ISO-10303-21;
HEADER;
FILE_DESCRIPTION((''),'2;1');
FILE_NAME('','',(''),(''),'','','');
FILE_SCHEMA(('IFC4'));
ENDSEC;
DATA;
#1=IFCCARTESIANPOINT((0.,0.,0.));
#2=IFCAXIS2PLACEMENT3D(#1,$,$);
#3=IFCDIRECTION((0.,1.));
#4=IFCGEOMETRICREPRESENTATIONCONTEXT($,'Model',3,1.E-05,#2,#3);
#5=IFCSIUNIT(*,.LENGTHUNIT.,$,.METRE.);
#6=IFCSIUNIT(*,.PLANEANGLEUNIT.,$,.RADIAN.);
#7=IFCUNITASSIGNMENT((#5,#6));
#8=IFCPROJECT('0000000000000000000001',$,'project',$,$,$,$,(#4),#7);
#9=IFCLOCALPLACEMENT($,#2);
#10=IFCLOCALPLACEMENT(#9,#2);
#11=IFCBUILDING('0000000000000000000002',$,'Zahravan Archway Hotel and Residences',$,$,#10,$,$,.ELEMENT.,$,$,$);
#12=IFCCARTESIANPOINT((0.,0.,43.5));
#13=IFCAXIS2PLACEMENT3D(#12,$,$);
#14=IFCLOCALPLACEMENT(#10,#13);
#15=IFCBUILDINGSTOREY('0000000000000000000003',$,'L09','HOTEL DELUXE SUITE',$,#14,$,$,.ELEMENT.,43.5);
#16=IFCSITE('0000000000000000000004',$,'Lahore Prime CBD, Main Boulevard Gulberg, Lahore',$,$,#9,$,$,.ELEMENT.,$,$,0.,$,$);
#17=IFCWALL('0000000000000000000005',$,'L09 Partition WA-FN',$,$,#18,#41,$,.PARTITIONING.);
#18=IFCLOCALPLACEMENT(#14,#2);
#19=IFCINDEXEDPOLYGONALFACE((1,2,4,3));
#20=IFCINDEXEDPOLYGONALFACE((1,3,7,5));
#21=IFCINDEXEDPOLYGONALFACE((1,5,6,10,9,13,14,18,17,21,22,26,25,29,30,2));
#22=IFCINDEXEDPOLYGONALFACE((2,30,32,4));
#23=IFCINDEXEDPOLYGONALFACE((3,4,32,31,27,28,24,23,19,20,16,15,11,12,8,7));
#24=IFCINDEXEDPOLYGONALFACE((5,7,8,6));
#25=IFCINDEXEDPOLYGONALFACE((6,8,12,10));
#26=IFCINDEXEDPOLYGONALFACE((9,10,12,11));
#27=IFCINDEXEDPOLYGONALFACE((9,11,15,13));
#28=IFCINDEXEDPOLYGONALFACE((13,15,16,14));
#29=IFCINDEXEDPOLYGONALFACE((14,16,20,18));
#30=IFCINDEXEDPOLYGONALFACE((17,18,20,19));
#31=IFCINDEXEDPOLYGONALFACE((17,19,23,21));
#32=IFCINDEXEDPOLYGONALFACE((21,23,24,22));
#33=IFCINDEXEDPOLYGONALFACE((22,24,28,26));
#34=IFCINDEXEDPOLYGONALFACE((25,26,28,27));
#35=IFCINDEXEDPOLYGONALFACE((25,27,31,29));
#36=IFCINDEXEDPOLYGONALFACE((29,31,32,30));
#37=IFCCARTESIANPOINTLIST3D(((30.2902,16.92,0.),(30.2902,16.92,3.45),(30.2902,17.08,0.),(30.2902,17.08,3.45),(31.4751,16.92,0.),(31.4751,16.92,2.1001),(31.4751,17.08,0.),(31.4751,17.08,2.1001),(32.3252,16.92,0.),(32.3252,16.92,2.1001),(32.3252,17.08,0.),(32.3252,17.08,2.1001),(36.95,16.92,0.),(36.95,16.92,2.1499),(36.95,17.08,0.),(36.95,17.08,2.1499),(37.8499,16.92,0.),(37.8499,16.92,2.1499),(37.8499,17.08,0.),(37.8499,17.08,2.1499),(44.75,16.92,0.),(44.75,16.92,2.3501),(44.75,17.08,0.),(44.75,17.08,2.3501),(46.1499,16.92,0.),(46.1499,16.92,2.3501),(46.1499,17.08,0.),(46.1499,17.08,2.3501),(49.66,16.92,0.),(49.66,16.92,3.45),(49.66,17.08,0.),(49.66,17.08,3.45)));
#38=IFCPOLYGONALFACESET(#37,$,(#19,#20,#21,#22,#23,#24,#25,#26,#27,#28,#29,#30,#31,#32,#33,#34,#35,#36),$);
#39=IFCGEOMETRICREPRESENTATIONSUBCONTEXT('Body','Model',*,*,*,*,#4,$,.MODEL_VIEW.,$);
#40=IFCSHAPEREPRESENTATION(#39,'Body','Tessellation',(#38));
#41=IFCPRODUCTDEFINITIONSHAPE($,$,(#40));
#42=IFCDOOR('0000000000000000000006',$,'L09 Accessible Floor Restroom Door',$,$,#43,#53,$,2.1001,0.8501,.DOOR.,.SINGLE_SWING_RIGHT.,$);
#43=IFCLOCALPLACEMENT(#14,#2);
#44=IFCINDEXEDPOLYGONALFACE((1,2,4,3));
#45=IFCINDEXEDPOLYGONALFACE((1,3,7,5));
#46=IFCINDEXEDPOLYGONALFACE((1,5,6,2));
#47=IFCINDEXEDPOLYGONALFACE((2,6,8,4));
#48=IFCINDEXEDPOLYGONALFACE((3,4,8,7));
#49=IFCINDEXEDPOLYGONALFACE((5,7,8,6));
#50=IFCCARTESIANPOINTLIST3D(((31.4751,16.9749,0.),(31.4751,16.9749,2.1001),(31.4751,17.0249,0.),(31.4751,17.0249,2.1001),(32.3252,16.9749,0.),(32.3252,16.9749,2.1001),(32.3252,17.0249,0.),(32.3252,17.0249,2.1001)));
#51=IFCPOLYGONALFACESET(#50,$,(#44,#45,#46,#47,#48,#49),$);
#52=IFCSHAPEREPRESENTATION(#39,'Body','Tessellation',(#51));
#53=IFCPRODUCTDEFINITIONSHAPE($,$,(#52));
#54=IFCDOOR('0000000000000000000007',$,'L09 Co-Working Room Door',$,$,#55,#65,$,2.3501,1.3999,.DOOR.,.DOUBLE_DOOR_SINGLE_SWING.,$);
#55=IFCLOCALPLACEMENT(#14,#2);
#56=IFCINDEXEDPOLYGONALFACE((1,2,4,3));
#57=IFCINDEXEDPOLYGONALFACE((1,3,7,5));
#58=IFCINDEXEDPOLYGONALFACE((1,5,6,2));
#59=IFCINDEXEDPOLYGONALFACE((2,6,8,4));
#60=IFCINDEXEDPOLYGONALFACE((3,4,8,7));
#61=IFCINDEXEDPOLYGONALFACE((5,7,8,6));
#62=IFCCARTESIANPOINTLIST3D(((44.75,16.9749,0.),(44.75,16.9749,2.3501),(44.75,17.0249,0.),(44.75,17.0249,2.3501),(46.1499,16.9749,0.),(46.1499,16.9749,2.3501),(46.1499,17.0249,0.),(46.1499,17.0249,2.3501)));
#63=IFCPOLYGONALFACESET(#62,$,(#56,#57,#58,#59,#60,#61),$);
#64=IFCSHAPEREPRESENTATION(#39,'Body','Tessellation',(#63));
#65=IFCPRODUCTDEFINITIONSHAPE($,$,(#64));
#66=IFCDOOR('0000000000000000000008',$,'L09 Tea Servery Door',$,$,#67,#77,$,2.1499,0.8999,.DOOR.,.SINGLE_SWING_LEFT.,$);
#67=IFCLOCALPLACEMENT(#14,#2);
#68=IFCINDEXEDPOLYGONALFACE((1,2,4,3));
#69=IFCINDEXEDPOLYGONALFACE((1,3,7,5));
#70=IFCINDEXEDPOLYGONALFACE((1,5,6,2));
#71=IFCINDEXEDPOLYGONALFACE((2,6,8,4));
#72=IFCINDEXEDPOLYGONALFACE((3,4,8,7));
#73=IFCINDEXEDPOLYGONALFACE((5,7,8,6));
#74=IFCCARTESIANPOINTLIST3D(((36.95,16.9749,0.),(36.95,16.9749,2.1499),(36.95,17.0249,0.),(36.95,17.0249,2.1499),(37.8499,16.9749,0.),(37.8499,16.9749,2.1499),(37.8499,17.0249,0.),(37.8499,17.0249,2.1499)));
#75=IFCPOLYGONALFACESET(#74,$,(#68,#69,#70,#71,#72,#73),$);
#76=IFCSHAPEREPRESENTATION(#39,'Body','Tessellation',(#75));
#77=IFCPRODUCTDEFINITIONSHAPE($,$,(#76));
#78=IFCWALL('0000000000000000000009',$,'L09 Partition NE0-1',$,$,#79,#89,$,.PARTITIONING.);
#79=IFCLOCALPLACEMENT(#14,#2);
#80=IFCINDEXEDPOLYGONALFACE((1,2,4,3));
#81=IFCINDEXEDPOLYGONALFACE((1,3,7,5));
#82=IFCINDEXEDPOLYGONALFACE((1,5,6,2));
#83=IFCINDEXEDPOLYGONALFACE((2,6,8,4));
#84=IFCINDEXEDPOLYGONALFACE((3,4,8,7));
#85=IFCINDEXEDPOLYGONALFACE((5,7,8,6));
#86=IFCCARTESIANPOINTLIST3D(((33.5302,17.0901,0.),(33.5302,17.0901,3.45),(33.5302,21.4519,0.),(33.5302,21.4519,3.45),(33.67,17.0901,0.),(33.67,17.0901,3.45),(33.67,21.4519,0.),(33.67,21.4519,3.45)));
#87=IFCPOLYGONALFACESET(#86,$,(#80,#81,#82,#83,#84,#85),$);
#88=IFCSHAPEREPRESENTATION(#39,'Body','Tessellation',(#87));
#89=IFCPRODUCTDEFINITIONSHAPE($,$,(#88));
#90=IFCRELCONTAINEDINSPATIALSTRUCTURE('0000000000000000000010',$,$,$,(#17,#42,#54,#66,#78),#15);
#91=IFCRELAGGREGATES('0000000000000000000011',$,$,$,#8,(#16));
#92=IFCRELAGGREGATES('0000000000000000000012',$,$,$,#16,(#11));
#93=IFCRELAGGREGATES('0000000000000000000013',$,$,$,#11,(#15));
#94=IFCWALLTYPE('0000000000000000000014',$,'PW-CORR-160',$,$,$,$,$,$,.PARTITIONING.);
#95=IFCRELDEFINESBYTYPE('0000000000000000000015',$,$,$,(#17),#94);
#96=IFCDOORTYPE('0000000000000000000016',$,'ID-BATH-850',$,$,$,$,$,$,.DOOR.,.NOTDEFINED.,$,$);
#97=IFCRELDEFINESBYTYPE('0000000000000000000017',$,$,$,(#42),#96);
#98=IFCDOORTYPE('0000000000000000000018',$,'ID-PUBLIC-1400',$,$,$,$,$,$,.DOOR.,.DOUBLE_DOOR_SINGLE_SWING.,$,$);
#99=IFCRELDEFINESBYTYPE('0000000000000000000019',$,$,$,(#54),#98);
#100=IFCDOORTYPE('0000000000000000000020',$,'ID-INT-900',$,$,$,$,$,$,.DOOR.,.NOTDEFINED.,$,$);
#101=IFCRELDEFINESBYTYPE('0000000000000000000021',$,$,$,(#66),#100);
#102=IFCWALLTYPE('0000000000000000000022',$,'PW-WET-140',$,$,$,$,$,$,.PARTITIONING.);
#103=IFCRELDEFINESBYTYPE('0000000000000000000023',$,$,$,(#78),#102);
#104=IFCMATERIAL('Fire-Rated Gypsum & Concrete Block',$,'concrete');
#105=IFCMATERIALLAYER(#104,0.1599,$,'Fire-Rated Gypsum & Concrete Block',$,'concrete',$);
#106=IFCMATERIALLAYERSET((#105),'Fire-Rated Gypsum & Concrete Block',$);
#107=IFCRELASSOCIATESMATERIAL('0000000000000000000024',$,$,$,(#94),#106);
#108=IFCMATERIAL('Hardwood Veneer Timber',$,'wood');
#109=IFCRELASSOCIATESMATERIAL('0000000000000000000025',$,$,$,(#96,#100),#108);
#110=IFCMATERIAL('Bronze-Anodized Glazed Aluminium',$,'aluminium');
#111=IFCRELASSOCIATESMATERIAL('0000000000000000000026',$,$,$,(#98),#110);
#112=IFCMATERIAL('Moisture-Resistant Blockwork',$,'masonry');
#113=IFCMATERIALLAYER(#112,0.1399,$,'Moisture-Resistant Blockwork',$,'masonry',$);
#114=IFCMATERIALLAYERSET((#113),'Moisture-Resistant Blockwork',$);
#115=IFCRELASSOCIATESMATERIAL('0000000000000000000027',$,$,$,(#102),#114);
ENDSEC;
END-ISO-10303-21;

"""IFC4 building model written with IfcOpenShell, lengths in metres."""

from ifc_helpers import new_model, si_unit, direction, frame, frame_2d, origin, place, context, subcontext, project, spatial, rectangle, extrude, source, transform, mapped, material, layer, layer_set, type_object, type_shapes, element, fill, save


model = new_model("IFC4")

# Units and contexts
model_context = context("Model", 3, precision=1e-05, world=origin(), true_north=direction((0.0, 1.0)))
body_context = subcontext(model_context, "Body", "Model", "MODEL_VIEW")
ifc_project = project(units=[si_unit("LENGTHUNIT", "METRE"), si_unit("PLANEANGLEUNIT", "RADIAN")], contexts=[model_context])

# Site, building, storey
site_placement = place(None, origin())
site = spatial("IfcSite", under=ifc_project, at=site_placement, Name="Lahore Prime CBD, Main Boulevard Gulberg, Lahore", CompositionType="ELEMENT", RefElevation=0.0)
building_placement = place(site_placement, origin())
building = spatial("IfcBuilding", under=site, at=building_placement, Name="Zahravan Archway Hotel and Residences", CompositionType="ELEMENT")
storey_placement = place(building_placement, frame((0.0, 0.0, 43.5)))
storey = spatial("IfcBuildingStorey", under=building, at=storey_placement, Name="L09", Description="HOTEL DELUXE SUITE", CompositionType="ELEMENT", Elevation=43.5)

# Shared definitions
ifc_material_1 = material(Name="Bronze-Anodized Glazed Aluminium", Category="aluminium")

# Wall, openings, doors
ifc_material_2 = material(Name="Fire-Rated Gypsum & Concrete Block", Category="concrete")
ifc_layer_1 = layer(ifc_material_2, 0.1599, Name="Fire-Rated Gypsum & Concrete Block", Category="concrete")
ifc_layer_set_1 = layer_set([ifc_layer_1], Name="Fire-Rated Gypsum & Concrete Block")
wall_type_1 = type_object("IfcWallType", Name="PW-CORR-160", PredefinedType="PARTITIONING", material=ifc_layer_set_1)
wall_1_placement = place(storey_placement, frame((30.29, 17.0, 0.0), z_axis=(0.0, 0.0, 1.0), x_axis=(1.0, 0.0, 0.0)))
wall_1 = element("IfcWall", 1, at=wall_1_placement, inside=storey, type_object=wall_type_1, Name="L09 Partition WA-FN", PredefinedType="PARTITIONING", context=body_context, shape_type="SweptSolid", body=[
    extrude(rectangle(XDim=19.3699, YDim=0.1599, at=frame_2d((9.6851, 0.0))), origin(), (0.0, 0.0, 1.0), 3.45),
])
opening_1_placement = place(wall_1_placement, frame((1.1851, 0.0, 0.0)))
opening_1 = element("IfcOpeningElement", 2, at=opening_1_placement, cuts=wall_1, PredefinedType="OPENING", context=body_context, shape_type="SweptSolid", body=[
    extrude(rectangle(XDim=0.8501, YDim=2.1001, at=frame_2d((0.425, 1.05))), frame((0.0, 0.0898, 0.0), z_axis=(0.0, -1.0, 0.0), x_axis=(1.0, 0.0, 0.0)), (0.0, 0.0, 1.0), 0.1799),
])
opening_2_placement = place(wall_1_placement, frame((6.6599, 0.0, 0.0)))
opening_2 = element("IfcOpeningElement", 3, at=opening_2_placement, cuts=wall_1, PredefinedType="OPENING", context=body_context, shape_type="SweptSolid", body=[
    extrude(rectangle(XDim=0.8999, YDim=2.1499, at=frame_2d((0.45, 1.075))), frame((0.0, 0.0898, 0.0), z_axis=(0.0, -1.0, 0.0), x_axis=(1.0, 0.0, 0.0)), (0.0, 0.0, 1.0), 0.1799),
])
opening_3_placement = place(wall_1_placement, frame((14.46, 0.0, 0.0)))
opening_3 = element("IfcOpeningElement", 4, at=opening_3_placement, cuts=wall_1, PredefinedType="OPENING", context=body_context, shape_type="SweptSolid", body=[
    extrude(rectangle(XDim=1.3999, YDim=2.3501, at=frame_2d((0.7, 1.175))), frame((0.0, 0.0898, 0.0), z_axis=(0.0, -1.0, 0.0), x_axis=(1.0, 0.0, 0.0)), (0.0, 0.0, 1.0), 0.1799),
])
ifc_material_3 = material(Name="Hardwood Veneer Timber", Category="wood")
door_type_1 = type_object("IfcDoorType", Name="ID-BATH-850", OperationType="NOTDEFINED", PredefinedType="DOOR", material=ifc_material_3)
shared_shape_1 = source(origin(), body_context, "Body", "SweptSolid", [
    extrude(rectangle(XDim=0.8501, YDim=2.1001, at=frame_2d((0.425, 1.05))), frame((0.0, 0.0249, 0.0), z_axis=(0.0, -1.0, 0.0), x_axis=(1.0, 0.0, 0.0)), (0.0, 0.0, 1.0), 0.05),
])
type_shapes(door_type_1, [shared_shape_1])
door_1_placement = place(opening_1_placement, origin())
door_1 = element("IfcDoor", 5, at=door_1_placement, inside=storey, type_object=door_type_1, Name="L09 Accessible Floor Restroom Door", OperationType="SINGLE_SWING_RIGHT", OverallHeight=2.1001, OverallWidth=0.8501, PredefinedType="DOOR", context=body_context, shape_type="MappedRepresentation", body=[
    mapped(shared_shape_1, transform((0.0, 0.0, 0.0), scale=1.0)),
])
fill(opening_1, door_1)
door_type_2 = type_object("IfcDoorType", Name="ID-PUBLIC-1400", OperationType="DOUBLE_DOOR_SINGLE_SWING", PredefinedType="DOOR", material=ifc_material_1)
shared_shape_2 = source(origin(), body_context, "Body", "SweptSolid", [
    extrude(rectangle(XDim=1.3999, YDim=2.3501, at=frame_2d((0.7, 1.175))), frame((0.0, 0.0249, 0.0), z_axis=(0.0, -1.0, 0.0), x_axis=(1.0, 0.0, 0.0)), (0.0, 0.0, 1.0), 0.05),
])
type_shapes(door_type_2, [shared_shape_2])
door_2_placement = place(opening_3_placement, origin())
door_2 = element("IfcDoor", 6, at=door_2_placement, inside=storey, type_object=door_type_2, Name="L09 Co-Working Room Door", OperationType="DOUBLE_DOOR_SINGLE_SWING", OverallHeight=2.3501, OverallWidth=1.3999, PredefinedType="DOOR", context=body_context, shape_type="MappedRepresentation", body=[
    mapped(shared_shape_2, transform((0.0, 0.0, 0.0), scale=1.0)),
])
fill(opening_3, door_2)
door_type_3 = type_object("IfcDoorType", Name="ID-INT-900", OperationType="NOTDEFINED", PredefinedType="DOOR", material=ifc_material_3)
shared_shape_3 = source(origin(), body_context, "Body", "SweptSolid", [
    extrude(rectangle(XDim=0.8999, YDim=2.1499, at=frame_2d((0.45, 1.075))), frame((0.0, 0.0249, 0.0), z_axis=(0.0, -1.0, 0.0), x_axis=(1.0, 0.0, 0.0)), (0.0, 0.0, 1.0), 0.05),
])
type_shapes(door_type_3, [shared_shape_3])
door_3_placement = place(opening_2_placement, origin())
door_3 = element("IfcDoor", 7, at=door_3_placement, inside=storey, type_object=door_type_3, Name="L09 Tea Servery Door", OperationType="SINGLE_SWING_LEFT", OverallHeight=2.1499, OverallWidth=0.8999, PredefinedType="DOOR", context=body_context, shape_type="MappedRepresentation", body=[
    mapped(shared_shape_3, transform((0.0, 0.0, 0.0), scale=1.0)),
])
fill(opening_2, door_3)

# Wall
ifc_material_4 = material(Name="Moisture-Resistant Blockwork", Category="masonry")
ifc_layer_2 = layer(ifc_material_4, 0.1399, Name="Moisture-Resistant Blockwork", Category="masonry")
ifc_layer_set_2 = layer_set([ifc_layer_2], Name="Moisture-Resistant Blockwork")
wall_type_2 = type_object("IfcWallType", Name="PW-WET-140", PredefinedType="PARTITIONING", material=ifc_layer_set_2)
wall_2_placement = place(storey_placement, frame((33.6001, 17.0901, 0.0), z_axis=(0.0, 0.0, 1.0), x_axis=(0.0, 1.0, 0.0)))
element("IfcWall", 8, at=wall_2_placement, inside=storey, type_object=wall_type_2, Name="L09 Partition NE0-1", PredefinedType="PARTITIONING", context=body_context, shape_type="SweptSolid", body=[
    extrude(rectangle(XDim=4.3618, YDim=0.1399, at=frame_2d((2.1809, 0.0))), origin(), (0.0, 0.0, 1.0), 3.45),
])

save(model, "model.ifc")
